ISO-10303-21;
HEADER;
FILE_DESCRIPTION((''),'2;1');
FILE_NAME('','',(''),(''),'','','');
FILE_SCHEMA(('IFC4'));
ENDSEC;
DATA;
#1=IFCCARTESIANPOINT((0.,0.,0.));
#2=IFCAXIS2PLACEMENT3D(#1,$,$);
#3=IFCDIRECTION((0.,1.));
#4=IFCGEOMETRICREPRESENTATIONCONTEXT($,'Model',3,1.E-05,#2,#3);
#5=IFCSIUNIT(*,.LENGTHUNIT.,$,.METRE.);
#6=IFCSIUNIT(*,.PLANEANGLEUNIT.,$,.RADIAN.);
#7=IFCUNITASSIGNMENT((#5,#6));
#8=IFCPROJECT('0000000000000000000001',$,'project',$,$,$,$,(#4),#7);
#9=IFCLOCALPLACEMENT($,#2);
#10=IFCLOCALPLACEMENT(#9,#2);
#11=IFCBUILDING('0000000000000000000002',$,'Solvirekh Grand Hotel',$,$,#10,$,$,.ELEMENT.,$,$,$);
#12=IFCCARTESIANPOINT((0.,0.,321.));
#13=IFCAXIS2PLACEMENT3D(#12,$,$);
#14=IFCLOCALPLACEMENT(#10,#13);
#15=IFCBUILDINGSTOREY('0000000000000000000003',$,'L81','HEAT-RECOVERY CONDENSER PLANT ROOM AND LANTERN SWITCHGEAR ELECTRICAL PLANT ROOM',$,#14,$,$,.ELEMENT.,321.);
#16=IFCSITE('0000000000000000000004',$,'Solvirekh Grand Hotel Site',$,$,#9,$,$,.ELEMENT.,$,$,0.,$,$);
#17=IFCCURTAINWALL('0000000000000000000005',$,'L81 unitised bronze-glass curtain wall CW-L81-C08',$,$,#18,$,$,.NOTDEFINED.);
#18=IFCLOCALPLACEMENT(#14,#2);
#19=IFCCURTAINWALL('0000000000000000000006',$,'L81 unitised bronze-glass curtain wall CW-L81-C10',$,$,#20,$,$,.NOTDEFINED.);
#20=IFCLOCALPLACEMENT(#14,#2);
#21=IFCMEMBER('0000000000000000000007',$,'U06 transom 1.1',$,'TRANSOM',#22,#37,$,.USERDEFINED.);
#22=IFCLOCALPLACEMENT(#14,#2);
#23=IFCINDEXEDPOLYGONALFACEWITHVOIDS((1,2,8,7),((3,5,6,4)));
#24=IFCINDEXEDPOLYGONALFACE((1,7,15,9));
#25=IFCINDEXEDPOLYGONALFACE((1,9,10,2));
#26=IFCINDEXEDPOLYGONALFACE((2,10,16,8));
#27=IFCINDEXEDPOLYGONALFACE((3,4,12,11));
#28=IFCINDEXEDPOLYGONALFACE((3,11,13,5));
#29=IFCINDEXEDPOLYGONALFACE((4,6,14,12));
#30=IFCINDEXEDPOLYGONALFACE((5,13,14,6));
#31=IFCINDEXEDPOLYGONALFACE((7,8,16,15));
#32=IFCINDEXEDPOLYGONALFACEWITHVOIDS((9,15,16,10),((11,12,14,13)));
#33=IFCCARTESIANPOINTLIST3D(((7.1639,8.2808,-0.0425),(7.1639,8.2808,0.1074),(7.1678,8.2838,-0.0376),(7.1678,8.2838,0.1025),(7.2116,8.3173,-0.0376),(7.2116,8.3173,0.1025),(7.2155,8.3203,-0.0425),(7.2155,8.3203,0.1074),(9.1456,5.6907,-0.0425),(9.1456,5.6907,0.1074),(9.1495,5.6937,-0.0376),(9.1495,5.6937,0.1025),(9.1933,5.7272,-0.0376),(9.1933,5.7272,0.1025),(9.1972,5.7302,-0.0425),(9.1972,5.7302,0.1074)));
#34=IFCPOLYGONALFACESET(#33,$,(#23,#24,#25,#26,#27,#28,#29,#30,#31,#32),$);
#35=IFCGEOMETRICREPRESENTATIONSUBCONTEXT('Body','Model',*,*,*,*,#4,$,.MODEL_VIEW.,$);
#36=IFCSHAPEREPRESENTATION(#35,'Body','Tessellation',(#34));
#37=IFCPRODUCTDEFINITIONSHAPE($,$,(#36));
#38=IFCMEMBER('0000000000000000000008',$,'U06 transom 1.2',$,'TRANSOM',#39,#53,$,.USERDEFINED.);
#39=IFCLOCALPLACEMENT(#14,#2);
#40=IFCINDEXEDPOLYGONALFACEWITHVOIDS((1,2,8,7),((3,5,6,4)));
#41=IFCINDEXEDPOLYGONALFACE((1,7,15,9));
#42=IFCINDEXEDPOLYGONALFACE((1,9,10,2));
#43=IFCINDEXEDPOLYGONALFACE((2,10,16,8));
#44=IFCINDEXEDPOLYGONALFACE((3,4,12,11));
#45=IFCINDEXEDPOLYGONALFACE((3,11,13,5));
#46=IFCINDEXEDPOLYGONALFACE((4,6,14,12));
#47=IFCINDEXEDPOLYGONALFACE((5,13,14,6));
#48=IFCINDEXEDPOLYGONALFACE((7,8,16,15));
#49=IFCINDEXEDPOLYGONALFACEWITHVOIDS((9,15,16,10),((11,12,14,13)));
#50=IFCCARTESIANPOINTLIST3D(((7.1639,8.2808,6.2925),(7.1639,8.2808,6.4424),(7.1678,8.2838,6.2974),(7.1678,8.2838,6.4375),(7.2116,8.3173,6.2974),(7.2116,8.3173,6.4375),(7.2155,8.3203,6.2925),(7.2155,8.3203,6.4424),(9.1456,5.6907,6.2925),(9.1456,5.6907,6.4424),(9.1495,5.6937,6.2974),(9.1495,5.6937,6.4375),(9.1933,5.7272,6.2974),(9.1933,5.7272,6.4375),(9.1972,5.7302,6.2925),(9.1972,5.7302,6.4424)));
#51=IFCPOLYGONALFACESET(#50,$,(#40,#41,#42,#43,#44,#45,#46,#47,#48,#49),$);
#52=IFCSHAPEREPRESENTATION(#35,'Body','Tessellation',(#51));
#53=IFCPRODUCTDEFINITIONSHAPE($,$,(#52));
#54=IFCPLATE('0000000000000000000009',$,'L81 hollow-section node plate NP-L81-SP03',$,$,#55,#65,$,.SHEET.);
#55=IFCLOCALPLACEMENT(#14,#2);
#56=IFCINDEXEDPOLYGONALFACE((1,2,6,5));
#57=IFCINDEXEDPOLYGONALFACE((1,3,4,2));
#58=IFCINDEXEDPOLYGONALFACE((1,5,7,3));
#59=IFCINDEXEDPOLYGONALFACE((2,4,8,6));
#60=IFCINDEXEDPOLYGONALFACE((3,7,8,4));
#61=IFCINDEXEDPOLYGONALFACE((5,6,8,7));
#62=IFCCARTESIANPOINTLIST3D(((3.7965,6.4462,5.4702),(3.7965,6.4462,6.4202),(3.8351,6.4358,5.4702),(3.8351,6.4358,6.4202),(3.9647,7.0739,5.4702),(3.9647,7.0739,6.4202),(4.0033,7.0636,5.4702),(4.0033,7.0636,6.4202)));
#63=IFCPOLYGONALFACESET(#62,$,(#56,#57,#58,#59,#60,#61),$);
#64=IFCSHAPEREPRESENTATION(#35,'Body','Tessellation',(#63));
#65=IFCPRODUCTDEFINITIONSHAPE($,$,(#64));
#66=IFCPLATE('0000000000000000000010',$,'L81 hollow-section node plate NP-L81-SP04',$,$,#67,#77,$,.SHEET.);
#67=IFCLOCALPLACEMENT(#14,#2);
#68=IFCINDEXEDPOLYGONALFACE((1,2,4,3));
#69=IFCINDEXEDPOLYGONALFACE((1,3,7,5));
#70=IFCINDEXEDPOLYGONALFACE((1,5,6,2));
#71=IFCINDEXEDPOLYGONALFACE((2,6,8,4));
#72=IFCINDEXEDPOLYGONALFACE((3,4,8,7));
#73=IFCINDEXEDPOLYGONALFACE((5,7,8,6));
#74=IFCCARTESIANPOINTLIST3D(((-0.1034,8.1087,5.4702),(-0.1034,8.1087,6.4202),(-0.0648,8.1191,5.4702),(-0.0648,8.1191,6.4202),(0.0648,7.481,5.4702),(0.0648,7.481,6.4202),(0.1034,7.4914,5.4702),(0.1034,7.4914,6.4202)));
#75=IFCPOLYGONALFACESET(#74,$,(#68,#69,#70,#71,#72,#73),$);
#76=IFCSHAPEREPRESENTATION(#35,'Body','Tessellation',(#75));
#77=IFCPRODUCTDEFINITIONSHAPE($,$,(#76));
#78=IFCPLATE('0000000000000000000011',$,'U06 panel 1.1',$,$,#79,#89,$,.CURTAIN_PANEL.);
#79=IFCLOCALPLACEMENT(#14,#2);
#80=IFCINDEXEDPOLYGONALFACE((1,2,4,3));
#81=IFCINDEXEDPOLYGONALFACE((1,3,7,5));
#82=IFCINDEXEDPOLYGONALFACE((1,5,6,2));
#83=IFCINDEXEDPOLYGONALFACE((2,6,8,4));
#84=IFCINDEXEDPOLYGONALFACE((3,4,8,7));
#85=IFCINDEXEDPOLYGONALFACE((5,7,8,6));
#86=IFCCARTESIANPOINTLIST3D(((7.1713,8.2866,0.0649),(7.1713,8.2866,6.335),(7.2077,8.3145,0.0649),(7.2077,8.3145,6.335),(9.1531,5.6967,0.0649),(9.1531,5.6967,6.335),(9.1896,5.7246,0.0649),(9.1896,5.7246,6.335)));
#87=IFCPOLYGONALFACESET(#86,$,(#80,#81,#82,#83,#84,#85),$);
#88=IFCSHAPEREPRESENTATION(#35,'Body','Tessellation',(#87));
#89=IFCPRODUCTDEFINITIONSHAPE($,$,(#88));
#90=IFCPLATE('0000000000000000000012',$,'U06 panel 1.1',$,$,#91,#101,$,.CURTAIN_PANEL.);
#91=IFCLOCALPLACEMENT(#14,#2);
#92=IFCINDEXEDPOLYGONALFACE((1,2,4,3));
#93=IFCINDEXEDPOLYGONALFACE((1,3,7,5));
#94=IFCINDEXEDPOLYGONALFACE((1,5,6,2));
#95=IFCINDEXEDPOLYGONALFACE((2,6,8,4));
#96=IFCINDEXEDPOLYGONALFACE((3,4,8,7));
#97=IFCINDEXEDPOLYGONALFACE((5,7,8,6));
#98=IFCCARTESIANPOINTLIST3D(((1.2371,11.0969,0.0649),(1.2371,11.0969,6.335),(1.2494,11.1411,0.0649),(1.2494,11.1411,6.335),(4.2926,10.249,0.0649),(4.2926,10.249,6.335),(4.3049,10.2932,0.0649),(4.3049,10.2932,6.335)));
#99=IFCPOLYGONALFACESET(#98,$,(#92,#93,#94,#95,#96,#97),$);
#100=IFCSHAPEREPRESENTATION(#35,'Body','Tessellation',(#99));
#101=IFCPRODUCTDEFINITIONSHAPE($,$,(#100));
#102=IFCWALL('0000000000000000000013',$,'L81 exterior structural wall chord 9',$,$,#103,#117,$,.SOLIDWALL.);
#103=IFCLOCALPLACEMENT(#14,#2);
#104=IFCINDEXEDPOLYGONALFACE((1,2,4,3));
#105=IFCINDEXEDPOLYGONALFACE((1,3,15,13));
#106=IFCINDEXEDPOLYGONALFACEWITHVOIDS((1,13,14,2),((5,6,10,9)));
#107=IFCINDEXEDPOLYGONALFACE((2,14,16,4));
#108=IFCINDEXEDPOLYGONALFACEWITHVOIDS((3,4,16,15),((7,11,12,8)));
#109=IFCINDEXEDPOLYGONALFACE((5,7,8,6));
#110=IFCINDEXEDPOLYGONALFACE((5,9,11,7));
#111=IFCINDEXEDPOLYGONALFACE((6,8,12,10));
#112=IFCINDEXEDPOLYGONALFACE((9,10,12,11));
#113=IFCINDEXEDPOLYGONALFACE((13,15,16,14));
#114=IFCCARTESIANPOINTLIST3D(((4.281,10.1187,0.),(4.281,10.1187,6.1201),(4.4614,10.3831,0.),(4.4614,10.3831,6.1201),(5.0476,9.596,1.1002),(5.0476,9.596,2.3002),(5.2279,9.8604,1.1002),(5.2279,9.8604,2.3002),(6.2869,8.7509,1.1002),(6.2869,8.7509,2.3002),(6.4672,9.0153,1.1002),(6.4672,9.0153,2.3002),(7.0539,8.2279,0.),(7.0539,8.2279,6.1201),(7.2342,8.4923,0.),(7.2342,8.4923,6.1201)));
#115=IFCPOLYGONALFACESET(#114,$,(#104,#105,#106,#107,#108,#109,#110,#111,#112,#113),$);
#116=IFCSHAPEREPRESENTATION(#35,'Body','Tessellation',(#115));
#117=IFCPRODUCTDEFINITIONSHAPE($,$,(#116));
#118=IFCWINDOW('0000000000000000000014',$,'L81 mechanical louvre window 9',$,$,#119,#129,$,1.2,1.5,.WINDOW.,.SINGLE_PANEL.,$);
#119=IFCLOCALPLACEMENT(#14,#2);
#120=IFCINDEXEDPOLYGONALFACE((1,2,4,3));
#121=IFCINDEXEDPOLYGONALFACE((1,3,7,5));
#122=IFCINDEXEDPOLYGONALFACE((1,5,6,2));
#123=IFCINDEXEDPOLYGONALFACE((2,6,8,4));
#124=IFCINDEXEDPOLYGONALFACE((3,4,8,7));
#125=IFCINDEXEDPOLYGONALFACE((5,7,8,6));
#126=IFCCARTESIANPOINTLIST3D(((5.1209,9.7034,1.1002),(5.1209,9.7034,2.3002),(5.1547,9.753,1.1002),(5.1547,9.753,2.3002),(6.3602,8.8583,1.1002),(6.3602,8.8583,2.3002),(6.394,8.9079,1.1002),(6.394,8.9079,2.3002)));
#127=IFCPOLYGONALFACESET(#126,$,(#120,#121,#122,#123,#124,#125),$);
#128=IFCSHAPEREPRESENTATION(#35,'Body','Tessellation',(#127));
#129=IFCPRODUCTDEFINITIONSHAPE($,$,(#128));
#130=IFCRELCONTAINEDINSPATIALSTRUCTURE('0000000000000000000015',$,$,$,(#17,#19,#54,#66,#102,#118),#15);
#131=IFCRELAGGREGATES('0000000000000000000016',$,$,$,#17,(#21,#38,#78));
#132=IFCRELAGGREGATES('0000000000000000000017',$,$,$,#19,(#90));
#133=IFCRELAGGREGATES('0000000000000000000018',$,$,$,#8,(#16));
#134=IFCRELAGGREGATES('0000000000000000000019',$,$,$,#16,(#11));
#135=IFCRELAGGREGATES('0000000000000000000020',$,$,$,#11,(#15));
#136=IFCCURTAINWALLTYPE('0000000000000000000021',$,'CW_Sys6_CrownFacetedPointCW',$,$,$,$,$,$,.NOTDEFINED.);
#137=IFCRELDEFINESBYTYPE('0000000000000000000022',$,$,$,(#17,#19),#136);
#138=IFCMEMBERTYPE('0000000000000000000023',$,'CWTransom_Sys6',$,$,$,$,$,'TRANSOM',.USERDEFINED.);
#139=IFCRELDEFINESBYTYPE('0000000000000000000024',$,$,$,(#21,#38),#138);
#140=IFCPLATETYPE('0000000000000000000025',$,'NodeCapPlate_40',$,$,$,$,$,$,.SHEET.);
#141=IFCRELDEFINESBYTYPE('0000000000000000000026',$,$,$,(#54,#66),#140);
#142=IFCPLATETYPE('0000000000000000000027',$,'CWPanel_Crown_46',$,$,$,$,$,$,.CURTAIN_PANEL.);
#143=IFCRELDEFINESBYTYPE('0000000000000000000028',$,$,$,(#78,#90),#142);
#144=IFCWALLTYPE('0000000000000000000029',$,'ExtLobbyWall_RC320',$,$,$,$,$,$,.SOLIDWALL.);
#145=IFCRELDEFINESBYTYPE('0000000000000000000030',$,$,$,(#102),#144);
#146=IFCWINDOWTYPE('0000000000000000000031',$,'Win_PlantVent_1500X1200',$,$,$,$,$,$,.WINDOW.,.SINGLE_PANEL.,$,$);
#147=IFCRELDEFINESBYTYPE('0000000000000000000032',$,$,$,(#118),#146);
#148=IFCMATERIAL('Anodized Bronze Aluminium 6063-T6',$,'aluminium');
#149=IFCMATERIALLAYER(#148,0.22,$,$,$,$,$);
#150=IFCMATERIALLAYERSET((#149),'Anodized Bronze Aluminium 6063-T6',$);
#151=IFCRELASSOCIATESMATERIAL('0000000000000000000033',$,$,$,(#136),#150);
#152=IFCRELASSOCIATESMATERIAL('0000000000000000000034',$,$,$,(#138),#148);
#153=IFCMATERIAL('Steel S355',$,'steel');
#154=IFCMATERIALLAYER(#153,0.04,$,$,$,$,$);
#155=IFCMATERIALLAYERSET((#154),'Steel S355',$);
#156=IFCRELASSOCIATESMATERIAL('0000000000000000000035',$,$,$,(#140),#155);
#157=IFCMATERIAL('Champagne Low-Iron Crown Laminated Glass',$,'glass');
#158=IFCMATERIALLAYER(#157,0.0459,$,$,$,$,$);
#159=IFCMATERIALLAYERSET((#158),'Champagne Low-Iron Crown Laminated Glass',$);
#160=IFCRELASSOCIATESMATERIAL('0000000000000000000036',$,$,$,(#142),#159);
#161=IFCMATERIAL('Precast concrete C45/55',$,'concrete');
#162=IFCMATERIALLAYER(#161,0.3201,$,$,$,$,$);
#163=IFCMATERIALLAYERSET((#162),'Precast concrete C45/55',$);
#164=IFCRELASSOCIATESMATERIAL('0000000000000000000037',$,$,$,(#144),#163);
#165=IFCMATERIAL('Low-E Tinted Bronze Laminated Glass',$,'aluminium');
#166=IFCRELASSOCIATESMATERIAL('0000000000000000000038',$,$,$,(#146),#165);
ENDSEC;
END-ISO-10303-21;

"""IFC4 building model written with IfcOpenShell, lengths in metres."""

from ifc_helpers import new_model, si_unit, direction, frame, frame_2d, origin, origin_2d, place, context, subcontext, project, spatial, rectangle, hollow_rectangle, extrude, source, transform, mapped, material, layer, layer_set, material_profile, profile_set, type_object, element, fill, aggregate, save


model = new_model("IFC4")

# Units and contexts
model_context = context("Model", 3, precision=1e-05, world=origin(), true_north=direction((0.0, 1.0)))
body_context = subcontext(model_context, "Body", "Model", "MODEL_VIEW")
ifc_project = project(units=[si_unit("LENGTHUNIT", "METRE"), si_unit("PLANEANGLEUNIT", "RADIAN")], contexts=[model_context])

# Site, building, storey
site_placement = place(None, origin())
site = spatial("IfcSite", under=ifc_project, at=site_placement, Name="Solvirekh Grand Hotel Site", CompositionType="ELEMENT", RefElevation=0.0)
building_placement = place(site_placement, origin())
building = spatial("IfcBuilding", under=site, at=building_placement, Name="Solvirekh Grand Hotel", CompositionType="ELEMENT")
storey_placement = place(building_placement, frame((0.0, 0.0, 321.0)))
storey = spatial("IfcBuildingStorey", under=building, at=storey_placement, Name="L81", Description="HEAT-RECOVERY CONDENSER PLANT ROOM AND LANTERN SWITCHGEAR ELECTRICAL PLANT ROOM", CompositionType="ELEMENT", Elevation=321.0)

# Shared definitions
ifc_material_1 = material(Name="Steel S355", Category="steel")

# Shared definitions
ifc_material_2 = material(Name="Anodized Bronze Aluminium 6063-T6", Category="aluminium")
ifc_layer_1 = layer(ifc_material_2, 0.22)
ifc_layer_set_1 = layer_set([ifc_layer_1], Name="Anodized Bronze Aluminium 6063-T6")
curtain_wall_type = type_object("IfcCurtainWallType", Name="CW_Sys6_CrownFacetedPointCW", PredefinedType="NOTDEFINED", material=ifc_layer_set_1)

# Curtain walls
curtain_wall_1_placement = place(storey_placement, origin())
curtain_wall_1 = element("IfcCurtainWall", 1, at=curtain_wall_1_placement, inside=storey, type_object=curtain_wall_type, Name="L81 unitised bronze-glass curtain wall CW-L81-C08", PredefinedType="NOTDEFINED")
curtain_wall_2_placement = place(storey_placement, origin())
curtain_wall_2 = element("IfcCurtainWall", 2, at=curtain_wall_2_placement, inside=storey, type_object=curtain_wall_type, Name="L81 unitised bronze-glass curtain wall CW-L81-C10", PredefinedType="NOTDEFINED")

# Members
ifc_material_profile_1 = material_profile(ifc_material_2, hollow_rectangle(XDim=0.0649, YDim=0.1499, WallThickness=0.0049, at=origin_2d()), Name="ALU RHS 150X65X5")
ifc_profile_set_1 = profile_set([ifc_material_profile_1], Name="Anodized Bronze Aluminium 6063-T6")
member_type_1 = type_object("IfcMemberType", Name="CWTransom_Sys6", ElementType="TRANSOM", PredefinedType="USERDEFINED", material=ifc_profile_set_1)
shared_shape_1 = source(origin(), body_context, "Body", "SweptSolid", [
    extrude(hollow_rectangle(XDim=0.0649, YDim=0.1499, WallThickness=0.0049, at=origin_2d()), origin(), (0.0, 0.0, 1.0), 3.2612),
])
member_1_placement = place(storey_placement, frame((9.1714, 5.7104, 0.0325), z_axis=(-0.60765, 0.794205, 0.0), x_axis=(-0.794205, -0.60765, 0.0)))
member_1 = element("IfcMember", 3, at=member_1_placement, type_object=member_type_1, Name="U06 transom 1.1", ObjectType="TRANSOM", PredefinedType="USERDEFINED", context=body_context, shape_type="MappedRepresentation", body=[
    mapped(shared_shape_1, transform((0.0, 0.0, 0.0), x_axis=(1.0, 0.0, 0.0), y_axis=(0.0, 1.0, 0.0), z_axis=(0.0, 0.0, 1.0), scale=1.0)),
])
member_2_placement = place(storey_placement, frame((9.1714, 5.7104, 6.3674), z_axis=(-0.60765, 0.794205, 0.0), x_axis=(-0.794205, -0.60765, 0.0)))
member_2 = element("IfcMember", 4, at=member_2_placement, type_object=member_type_1, Name="U06 transom 1.2", ObjectType="TRANSOM", PredefinedType="USERDEFINED", context=body_context, shape_type="MappedRepresentation", body=[
    mapped(shared_shape_1, transform((0.0, 0.0, 0.0), x_axis=(1.0, 0.0, 0.0), y_axis=(0.0, 1.0, 0.0), z_axis=(0.0, 0.0, 1.0), scale=1.0)),
])

# Plates
ifc_layer_2 = layer(ifc_material_1, 0.04)
ifc_layer_set_2 = layer_set([ifc_layer_2], Name="Steel S355")
plate_type_1 = type_object("IfcPlateType", Name="NodeCapPlate_40", PredefinedType="SHEET", material=ifc_layer_set_2)
for number, where, z_axis, x_axis, name in (
    (5, (3.8999, 6.7549, 5.4702), (0.0, 0.0, 1.0), (-0.965926, 0.258819, 0.0), "L81 hollow-section node plate NP-L81-SP03"),
    (6, (0.0, 7.8, 5.4702), (0.0, 0.0, 1.0), (-0.965926, -0.258819, 0.0), "L81 hollow-section node plate NP-L81-SP04"),
):
    element("IfcPlate", number, at=place(storey_placement, frame(where, z_axis=z_axis, x_axis=x_axis)), inside=storey, type_object=plate_type_1, Name=name, PredefinedType="SHEET", context=body_context, shape_type="SweptSolid", body=[
        extrude(rectangle(XDim=0.04, YDim=0.6499, at=origin_2d()), origin(), (0.0, 0.0, 1.0), 0.95),
    ])

# Plates
ifc_material_3 = material(Name="Champagne Low-Iron Crown Laminated Glass", Category="glass")
ifc_layer_3 = layer(ifc_material_3, 0.0459)
ifc_layer_set_3 = layer_set([ifc_layer_3], Name="Champagne Low-Iron Crown Laminated Glass")
plate_type_2 = type_object("IfcPlateType", Name="CWPanel_Crown_46", PredefinedType="CURTAIN_PANEL", material=ifc_layer_set_3)
shared_shape_2 = source(origin(), body_context, "Body", "SweptSolid", [
    extrude(rectangle(XDim=3.2612, YDim=0.0459, at=origin_2d()), origin(), (0.0, 0.0, 1.0), 6.27),
])
plate_1_placement = place(storey_placement, frame((8.1804, 7.0056, 0.0649), z_axis=(0.0, 0.0, 1.0), x_axis=(-0.607711, 0.794158, 0.0)))
plate_1 = element("IfcPlate", 7, at=plate_1_placement, type_object=plate_type_2, Name="U06 panel 1.1", PredefinedType="CURTAIN_PANEL", context=body_context, shape_type="MappedRepresentation", body=[
    mapped(shared_shape_2, transform((0.0, 0.0, 0.0), x_axis=(1.0, 0.0, 0.0), y_axis=(0.0, 1.0, 0.0), z_axis=(0.0, 0.0, 1.0), scale=1.0)),
])
aggregate(curtain_wall_1, [member_1, member_2, plate_1])
shared_shape_3 = source(origin(), body_context, "Body", "SweptSolid", [
    extrude(rectangle(XDim=3.1709, YDim=0.0459, at=origin_2d()), origin(), (0.0, 0.0, 1.0), 6.27),
])
plate_2_placement = place(storey_placement, frame((2.771, 10.6951, 0.0649), z_axis=(0.0, 0.0, 1.0), x_axis=(-0.963587, 0.267395, 0.0)))
plate_2 = element("IfcPlate", 8, at=plate_2_placement, type_object=plate_type_2, Name="U06 panel 1.1", PredefinedType="CURTAIN_PANEL", context=body_context, shape_type="MappedRepresentation", body=[
    mapped(shared_shape_3, transform((0.0, 0.0, 0.0), x_axis=(1.0, 0.0, 0.0), y_axis=(0.0, 1.0, 0.0), z_axis=(0.0, 0.0, 1.0), scale=1.0)),
])
aggregate(curtain_wall_2, [plate_2])

# Wall, opening, window
ifc_material_4 = material(Name="Precast concrete C45/55", Category="concrete")
ifc_layer_4 = layer(ifc_material_4, 0.3201)
ifc_layer_set_4 = layer_set([ifc_layer_4], Name="Precast concrete C45/55")
wall_type = type_object("IfcWallType", Name="ExtLobbyWall_RC320", PredefinedType="SOLIDWALL", material=ifc_layer_set_4)
wall_placement = place(storey_placement, frame((4.3711, 10.251, 0.0), z_axis=(0.0, 0.0, 1.0), x_axis=(0.826197, -0.563382, 0.0)))
wall = element("IfcWall", 9, at=wall_placement, inside=storey, type_object=wall_type, Name="L81 exterior structural wall chord 9", PredefinedType="SOLIDWALL", context=body_context, shape_type="SweptSolid", body=[
    extrude(rectangle(XDim=3.3562, YDim=0.3201, at=frame_2d((1.6782, 0.0))), origin(), (0.0, 0.0, 1.0), 6.1201),
])
opening_placement = place(wall_placement, frame((0.928, 0.0, 1.1001)))
opening = element("IfcOpeningElement", 10, at=opening_placement, cuts=wall, PredefinedType="OPENING", context=body_context, shape_type="SweptSolid", body=[
    extrude(rectangle(XDim=1.5, YDim=1.2, at=frame_2d((0.75, 0.6001))), frame((0.0, 0.1699, 0.0), z_axis=(0.0, -1.0, 0.0), x_axis=(1.0, 0.0, 0.0)), (0.0, 0.0, 1.0), 0.3401),
])
ifc_material_5 = material(Name="Low-E Tinted Bronze Laminated Glass", Category="aluminium")
window_type = type_object("IfcWindowType", Name="Win_PlantVent_1500X1200", PartitioningType="SINGLE_PANEL", PredefinedType="WINDOW", material=ifc_material_5)
window_placement = place(opening_placement, origin())
window = element("IfcWindow", 11, at=window_placement, inside=storey, type_object=window_type, Name="L81 mechanical louvre window 9", OverallHeight=1.2, OverallWidth=1.5, PartitioningType="SINGLE_PANEL", PredefinedType="WINDOW", context=body_context, shape_type="SweptSolid", body=[
    extrude(rectangle(XDim=1.5, YDim=1.2, at=frame_2d((0.75, 0.6001))), frame((0.0, 0.03, 0.0), z_axis=(0.0, -1.0, 0.0), x_axis=(1.0, 0.0, 0.0)), (0.0, 0.0, 1.0), 0.0601),
])
fill(opening, window)

save(model, "model.ifc")
